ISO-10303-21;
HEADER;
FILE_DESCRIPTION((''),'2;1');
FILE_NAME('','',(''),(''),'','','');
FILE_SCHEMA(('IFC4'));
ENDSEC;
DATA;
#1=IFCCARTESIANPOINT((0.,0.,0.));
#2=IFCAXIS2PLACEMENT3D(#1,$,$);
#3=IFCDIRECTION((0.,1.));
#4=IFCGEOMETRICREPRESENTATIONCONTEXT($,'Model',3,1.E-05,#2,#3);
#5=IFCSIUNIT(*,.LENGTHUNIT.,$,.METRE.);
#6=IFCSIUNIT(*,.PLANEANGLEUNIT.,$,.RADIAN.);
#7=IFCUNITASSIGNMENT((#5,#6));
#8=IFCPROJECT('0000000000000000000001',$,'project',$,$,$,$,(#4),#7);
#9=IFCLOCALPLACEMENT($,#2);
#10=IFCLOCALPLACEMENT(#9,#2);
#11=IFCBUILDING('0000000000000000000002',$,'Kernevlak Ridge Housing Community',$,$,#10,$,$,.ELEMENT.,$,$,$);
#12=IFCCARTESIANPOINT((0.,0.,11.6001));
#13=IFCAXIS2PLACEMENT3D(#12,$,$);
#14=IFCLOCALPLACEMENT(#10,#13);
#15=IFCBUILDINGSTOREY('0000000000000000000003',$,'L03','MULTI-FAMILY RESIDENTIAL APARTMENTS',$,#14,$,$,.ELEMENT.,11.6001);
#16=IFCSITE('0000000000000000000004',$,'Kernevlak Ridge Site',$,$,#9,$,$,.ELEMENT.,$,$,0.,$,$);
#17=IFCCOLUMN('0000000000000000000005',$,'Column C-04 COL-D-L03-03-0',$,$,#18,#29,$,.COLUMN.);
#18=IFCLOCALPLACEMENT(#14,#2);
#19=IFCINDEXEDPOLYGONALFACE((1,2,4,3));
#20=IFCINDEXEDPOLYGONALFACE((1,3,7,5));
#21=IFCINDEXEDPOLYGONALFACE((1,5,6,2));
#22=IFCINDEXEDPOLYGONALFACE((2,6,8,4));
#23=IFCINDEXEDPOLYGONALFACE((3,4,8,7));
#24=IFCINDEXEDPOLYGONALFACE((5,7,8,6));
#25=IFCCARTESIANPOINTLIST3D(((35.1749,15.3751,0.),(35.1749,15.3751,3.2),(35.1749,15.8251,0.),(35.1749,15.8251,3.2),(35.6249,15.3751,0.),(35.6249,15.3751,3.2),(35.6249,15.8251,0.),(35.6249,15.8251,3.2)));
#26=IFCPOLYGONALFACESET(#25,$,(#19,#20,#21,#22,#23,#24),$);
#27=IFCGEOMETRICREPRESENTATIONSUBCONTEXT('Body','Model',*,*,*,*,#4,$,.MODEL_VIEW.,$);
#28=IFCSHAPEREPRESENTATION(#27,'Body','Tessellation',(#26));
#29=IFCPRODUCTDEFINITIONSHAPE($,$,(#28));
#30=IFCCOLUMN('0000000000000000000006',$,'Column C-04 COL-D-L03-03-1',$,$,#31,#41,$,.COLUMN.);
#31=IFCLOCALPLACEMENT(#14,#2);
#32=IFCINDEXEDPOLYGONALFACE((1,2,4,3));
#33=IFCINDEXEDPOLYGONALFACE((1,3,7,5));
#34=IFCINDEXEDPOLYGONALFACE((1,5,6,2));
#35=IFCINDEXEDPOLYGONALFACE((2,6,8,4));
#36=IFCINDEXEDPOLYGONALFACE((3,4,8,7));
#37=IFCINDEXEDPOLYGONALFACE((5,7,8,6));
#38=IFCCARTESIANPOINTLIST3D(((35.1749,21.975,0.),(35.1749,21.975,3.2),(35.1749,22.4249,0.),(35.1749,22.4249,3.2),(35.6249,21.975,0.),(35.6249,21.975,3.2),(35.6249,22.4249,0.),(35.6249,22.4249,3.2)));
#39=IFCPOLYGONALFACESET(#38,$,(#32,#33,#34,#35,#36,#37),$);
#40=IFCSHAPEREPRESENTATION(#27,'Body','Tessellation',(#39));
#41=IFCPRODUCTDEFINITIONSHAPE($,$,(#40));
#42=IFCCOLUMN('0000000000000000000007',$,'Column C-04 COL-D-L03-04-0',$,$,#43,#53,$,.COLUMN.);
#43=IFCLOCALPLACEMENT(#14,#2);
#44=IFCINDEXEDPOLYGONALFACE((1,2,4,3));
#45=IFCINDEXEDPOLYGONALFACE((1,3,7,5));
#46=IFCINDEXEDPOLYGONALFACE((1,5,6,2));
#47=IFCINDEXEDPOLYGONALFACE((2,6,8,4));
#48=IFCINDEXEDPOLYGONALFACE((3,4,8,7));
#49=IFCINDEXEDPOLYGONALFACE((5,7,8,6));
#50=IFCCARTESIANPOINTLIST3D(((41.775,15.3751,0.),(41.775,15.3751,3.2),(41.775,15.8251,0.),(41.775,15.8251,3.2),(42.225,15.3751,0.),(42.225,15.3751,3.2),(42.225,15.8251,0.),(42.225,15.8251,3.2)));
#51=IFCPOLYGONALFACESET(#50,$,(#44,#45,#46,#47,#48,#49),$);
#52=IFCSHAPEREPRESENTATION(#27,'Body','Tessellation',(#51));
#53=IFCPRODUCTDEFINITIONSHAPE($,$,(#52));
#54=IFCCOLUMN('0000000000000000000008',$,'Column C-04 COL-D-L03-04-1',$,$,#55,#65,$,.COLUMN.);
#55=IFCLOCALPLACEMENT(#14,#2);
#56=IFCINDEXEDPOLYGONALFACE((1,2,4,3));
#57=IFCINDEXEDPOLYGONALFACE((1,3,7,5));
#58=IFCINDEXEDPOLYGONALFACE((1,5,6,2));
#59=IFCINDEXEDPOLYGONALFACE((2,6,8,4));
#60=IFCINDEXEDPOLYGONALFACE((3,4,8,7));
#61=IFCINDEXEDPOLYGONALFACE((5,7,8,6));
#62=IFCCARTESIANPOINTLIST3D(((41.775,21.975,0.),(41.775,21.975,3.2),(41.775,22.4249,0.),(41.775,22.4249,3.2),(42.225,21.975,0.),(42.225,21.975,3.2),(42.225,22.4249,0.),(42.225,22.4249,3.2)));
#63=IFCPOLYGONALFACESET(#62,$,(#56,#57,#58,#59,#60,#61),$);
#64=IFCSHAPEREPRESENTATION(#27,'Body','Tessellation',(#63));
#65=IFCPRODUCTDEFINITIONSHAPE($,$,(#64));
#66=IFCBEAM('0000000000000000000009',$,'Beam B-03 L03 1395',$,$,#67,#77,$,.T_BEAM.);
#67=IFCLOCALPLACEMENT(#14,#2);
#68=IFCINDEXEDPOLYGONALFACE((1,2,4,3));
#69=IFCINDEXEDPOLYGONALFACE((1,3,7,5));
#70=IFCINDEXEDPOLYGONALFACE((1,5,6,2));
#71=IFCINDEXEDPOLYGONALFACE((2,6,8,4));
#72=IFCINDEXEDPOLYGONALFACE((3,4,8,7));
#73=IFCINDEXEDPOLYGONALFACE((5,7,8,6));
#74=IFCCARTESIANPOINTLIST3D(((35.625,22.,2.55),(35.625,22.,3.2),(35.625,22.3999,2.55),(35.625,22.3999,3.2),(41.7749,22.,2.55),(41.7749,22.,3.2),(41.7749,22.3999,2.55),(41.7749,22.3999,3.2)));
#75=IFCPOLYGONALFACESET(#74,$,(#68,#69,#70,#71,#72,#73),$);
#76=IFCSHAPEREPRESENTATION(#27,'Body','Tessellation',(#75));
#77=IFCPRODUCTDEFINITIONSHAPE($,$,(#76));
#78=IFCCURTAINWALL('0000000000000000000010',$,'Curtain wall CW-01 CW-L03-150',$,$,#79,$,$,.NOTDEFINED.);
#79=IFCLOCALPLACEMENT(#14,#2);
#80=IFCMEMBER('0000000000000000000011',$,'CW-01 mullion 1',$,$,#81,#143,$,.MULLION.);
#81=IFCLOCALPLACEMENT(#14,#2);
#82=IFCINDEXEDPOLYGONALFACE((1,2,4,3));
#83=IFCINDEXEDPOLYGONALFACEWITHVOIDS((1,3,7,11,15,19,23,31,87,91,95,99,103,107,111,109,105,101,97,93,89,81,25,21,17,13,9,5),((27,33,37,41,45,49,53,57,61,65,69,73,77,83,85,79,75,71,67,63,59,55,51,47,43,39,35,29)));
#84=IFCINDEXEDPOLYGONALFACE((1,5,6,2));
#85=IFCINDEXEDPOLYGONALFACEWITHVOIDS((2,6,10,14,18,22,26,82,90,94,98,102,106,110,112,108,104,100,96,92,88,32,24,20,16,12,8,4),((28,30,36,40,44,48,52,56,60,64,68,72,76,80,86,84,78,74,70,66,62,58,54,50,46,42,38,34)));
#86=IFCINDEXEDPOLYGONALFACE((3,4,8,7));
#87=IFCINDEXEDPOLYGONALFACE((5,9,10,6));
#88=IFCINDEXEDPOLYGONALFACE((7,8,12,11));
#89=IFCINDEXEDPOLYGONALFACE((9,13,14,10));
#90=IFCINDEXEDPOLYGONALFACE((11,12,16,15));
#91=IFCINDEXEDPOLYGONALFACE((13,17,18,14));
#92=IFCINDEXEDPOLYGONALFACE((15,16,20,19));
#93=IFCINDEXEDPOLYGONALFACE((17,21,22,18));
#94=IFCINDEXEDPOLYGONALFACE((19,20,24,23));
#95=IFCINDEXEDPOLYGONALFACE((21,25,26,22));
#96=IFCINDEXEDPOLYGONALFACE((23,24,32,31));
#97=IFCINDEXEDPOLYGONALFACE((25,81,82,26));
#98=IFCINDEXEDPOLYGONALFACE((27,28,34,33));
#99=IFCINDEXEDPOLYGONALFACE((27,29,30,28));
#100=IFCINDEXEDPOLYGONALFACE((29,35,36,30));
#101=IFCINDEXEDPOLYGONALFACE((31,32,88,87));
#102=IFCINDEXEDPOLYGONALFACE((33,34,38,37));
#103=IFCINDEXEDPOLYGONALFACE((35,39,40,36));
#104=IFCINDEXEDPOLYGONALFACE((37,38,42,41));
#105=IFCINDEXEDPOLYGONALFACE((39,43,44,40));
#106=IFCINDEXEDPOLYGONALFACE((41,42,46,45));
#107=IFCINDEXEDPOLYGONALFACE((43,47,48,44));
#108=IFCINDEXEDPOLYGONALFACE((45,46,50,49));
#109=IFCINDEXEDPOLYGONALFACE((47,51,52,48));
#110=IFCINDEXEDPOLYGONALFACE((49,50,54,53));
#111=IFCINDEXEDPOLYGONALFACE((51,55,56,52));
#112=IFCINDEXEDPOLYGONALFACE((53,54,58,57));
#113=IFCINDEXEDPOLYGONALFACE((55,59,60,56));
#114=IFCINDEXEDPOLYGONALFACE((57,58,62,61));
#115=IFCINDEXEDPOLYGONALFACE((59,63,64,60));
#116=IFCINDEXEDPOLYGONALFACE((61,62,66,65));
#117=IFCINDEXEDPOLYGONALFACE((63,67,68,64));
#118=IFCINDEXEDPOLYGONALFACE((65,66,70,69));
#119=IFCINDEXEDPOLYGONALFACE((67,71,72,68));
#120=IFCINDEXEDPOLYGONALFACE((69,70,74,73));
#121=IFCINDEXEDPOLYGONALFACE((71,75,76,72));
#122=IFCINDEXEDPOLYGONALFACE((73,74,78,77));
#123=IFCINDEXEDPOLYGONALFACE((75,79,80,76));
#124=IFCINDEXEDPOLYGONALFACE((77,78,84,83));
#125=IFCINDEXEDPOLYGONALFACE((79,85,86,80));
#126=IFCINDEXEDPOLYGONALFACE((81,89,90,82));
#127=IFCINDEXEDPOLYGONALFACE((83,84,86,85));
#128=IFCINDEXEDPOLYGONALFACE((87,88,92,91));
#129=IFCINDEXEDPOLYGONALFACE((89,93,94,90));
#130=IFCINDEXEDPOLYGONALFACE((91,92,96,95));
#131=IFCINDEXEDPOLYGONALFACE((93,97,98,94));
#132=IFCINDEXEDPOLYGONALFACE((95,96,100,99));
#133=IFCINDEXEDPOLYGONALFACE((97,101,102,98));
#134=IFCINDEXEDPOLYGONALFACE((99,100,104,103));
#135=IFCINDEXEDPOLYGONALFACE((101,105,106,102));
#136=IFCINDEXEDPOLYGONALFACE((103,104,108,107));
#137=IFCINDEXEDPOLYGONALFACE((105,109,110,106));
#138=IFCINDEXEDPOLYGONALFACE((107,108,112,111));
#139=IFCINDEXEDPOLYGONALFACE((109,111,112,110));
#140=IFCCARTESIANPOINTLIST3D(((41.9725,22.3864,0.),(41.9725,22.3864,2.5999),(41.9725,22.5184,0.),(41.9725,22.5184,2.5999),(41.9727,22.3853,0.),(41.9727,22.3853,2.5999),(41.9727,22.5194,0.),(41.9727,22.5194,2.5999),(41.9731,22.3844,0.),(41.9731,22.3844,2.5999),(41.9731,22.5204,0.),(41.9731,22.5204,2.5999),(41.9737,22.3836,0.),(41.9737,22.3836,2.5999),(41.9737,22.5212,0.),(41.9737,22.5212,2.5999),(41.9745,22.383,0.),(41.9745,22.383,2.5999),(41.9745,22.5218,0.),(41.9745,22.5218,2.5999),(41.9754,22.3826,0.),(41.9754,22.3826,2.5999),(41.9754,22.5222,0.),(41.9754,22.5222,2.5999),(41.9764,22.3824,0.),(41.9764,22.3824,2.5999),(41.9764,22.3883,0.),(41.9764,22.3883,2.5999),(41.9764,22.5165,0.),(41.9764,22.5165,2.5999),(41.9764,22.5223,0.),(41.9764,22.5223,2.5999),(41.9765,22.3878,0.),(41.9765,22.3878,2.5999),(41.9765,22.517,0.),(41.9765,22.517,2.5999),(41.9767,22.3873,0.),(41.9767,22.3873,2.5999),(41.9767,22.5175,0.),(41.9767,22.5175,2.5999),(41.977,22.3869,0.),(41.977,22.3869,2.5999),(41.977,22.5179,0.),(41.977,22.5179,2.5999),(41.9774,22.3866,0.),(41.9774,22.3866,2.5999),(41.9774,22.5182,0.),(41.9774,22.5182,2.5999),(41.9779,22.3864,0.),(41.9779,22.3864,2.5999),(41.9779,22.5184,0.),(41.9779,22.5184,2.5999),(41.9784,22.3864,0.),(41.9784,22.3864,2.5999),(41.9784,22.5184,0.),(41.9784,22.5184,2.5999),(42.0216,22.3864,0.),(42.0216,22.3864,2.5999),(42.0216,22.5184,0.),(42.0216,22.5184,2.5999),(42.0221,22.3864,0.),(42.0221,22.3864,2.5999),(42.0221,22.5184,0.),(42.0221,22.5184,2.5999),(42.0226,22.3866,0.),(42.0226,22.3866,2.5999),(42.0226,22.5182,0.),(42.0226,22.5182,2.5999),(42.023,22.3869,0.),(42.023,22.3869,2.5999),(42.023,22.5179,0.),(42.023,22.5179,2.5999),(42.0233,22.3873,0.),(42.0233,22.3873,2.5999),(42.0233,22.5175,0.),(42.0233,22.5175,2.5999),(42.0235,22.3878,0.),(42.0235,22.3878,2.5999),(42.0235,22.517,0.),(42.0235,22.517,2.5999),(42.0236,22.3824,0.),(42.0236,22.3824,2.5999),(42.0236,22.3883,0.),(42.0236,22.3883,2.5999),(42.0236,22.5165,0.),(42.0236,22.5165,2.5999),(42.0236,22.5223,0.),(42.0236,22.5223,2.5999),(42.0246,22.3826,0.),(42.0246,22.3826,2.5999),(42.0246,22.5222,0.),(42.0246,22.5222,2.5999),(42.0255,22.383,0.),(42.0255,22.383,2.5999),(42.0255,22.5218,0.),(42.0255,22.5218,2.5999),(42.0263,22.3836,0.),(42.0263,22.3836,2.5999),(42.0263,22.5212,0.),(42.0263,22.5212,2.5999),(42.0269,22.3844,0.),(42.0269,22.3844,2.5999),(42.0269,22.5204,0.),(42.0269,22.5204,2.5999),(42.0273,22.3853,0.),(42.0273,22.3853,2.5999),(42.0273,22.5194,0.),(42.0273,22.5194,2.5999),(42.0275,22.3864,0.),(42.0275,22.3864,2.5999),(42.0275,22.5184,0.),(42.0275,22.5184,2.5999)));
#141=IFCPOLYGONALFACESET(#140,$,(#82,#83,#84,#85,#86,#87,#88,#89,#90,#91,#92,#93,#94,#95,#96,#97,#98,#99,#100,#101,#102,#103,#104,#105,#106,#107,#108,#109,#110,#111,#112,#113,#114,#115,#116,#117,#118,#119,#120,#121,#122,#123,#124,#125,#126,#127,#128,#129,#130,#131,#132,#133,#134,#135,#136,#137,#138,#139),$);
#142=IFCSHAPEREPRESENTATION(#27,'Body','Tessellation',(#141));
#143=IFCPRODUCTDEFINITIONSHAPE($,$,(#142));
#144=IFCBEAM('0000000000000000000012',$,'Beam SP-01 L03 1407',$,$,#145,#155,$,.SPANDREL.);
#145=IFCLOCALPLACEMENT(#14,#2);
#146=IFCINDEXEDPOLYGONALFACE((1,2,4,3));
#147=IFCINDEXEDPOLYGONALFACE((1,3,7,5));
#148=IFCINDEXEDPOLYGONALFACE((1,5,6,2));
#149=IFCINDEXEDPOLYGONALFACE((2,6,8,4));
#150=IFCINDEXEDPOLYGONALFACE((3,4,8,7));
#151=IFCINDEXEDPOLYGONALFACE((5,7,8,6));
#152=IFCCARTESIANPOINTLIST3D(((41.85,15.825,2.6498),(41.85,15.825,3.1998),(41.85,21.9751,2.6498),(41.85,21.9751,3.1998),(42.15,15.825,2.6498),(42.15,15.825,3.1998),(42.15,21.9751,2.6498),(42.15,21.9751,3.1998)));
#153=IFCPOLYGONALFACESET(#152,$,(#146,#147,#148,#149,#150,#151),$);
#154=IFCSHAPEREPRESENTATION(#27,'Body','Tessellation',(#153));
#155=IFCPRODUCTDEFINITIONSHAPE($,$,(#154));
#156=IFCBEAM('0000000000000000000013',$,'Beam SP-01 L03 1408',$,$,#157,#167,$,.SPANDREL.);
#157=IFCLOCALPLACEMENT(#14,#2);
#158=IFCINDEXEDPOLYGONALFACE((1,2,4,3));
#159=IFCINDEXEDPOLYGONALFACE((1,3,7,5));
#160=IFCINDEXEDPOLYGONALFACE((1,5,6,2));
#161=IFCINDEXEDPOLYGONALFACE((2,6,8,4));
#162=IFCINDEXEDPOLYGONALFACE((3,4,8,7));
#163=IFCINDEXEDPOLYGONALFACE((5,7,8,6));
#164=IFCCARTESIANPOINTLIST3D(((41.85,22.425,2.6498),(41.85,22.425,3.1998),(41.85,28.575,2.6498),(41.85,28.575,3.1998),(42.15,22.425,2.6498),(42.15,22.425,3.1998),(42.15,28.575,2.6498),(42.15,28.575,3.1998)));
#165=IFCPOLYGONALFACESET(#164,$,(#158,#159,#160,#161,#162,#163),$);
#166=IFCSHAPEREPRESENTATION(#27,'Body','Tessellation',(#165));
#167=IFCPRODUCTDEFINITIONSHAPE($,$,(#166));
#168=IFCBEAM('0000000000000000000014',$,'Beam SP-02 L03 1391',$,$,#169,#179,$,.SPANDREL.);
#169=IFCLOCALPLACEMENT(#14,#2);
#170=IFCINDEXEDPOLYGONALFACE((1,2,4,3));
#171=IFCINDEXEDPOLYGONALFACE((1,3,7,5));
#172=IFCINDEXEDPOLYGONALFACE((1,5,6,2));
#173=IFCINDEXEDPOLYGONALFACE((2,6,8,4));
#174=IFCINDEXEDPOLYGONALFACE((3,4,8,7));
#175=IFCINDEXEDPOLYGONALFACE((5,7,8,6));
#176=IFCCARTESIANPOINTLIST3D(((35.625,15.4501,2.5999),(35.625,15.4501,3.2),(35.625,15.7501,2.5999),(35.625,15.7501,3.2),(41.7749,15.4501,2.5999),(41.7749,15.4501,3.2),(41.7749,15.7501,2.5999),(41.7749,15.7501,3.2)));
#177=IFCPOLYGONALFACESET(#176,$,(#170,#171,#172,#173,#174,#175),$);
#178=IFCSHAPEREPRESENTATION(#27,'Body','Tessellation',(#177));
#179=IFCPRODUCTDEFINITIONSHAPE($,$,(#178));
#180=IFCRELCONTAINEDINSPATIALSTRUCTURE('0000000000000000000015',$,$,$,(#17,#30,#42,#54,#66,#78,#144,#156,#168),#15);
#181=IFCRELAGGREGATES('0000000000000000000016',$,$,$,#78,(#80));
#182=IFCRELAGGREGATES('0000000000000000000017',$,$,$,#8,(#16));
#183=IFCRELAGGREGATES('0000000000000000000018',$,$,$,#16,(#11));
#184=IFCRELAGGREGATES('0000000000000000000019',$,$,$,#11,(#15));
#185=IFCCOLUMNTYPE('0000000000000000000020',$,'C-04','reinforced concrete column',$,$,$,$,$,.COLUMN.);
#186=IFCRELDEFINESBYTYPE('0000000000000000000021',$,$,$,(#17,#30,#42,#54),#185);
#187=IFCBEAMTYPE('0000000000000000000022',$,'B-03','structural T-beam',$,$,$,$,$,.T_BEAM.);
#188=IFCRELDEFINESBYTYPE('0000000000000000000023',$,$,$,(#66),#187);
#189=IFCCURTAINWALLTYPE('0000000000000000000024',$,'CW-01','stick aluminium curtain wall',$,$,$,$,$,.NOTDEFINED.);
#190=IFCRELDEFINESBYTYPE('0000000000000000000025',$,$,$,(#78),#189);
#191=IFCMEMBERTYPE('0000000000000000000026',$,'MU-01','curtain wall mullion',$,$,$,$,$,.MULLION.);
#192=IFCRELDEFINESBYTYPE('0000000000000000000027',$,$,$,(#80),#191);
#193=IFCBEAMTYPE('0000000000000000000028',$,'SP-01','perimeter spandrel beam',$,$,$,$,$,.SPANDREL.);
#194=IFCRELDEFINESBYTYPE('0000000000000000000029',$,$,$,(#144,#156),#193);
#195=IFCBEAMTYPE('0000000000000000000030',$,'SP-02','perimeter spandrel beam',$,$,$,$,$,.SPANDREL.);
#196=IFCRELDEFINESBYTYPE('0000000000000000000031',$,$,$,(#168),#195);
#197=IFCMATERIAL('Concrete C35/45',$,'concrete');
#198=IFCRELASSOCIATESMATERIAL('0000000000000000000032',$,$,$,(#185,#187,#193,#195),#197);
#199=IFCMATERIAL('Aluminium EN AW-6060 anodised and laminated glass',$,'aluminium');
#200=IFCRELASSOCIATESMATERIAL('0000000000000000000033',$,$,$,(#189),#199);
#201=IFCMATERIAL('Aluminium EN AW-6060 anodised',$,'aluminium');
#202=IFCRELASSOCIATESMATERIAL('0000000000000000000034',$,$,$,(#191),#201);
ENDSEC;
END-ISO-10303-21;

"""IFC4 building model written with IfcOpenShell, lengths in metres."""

from ifc_helpers import new_model, si_unit, direction, frame, origin, origin_2d, place, context, subcontext, project, spatial, rectangle, hollow_rectangle, extrude, material, material_profile, profile_set, type_object, element, aggregate, save


model = new_model("IFC4")

# Units and contexts
model_context = context("Model", 3, precision=1e-05, world=origin(), true_north=direction((0.0, 1.0)))
body_context = subcontext(model_context, "Body", "Model", "MODEL_VIEW")
ifc_project = project(units=[si_unit("LENGTHUNIT", "METRE"), si_unit("PLANEANGLEUNIT", "RADIAN")], contexts=[model_context])

# Site, building, storey
site_placement = place(None, origin())
site = spatial("IfcSite", under=ifc_project, at=site_placement, Name="Kernevlak Ridge Site", CompositionType="ELEMENT", RefElevation=0.0)
building_placement = place(site_placement, origin())
building = spatial("IfcBuilding", under=site, at=building_placement, Name="Kernevlak Ridge Housing Community", CompositionType="ELEMENT")
storey_placement = place(building_placement, frame((0.0, 0.0, 11.6001)))
storey = spatial("IfcBuildingStorey", under=building, at=storey_placement, Name="L03", Description="MULTI-FAMILY RESIDENTIAL APARTMENTS", CompositionType="ELEMENT", Elevation=11.6001)

# Columns
ifc_material_1 = material(Name="Concrete C35/45", Category="concrete")
ifc_material_profile_1 = material_profile(ifc_material_1, rectangle(XDim=0.45, YDim=0.45, at=origin_2d()), Name="RC 450x450")
ifc_profile_set_1 = profile_set([ifc_material_profile_1], Name="Concrete C35/45")
column_type = type_object("IfcColumnType", Name="C-04", Description="reinforced concrete column", PredefinedType="COLUMN", material=ifc_profile_set_1)
for number, where, z_axis, x_axis, name in (
    (1, (35.3999, 15.6001, 0.0), (0.0, 0.0, 1.0), (1.0, 0.0, 0.0), "Column C-04 COL-D-L03-03-0"),
    (2, (35.3999, 22.2, 0.0), (0.0, 0.0, 1.0), (1.0, 0.0, 0.0), "Column C-04 COL-D-L03-03-1"),
    (3, (42.0, 15.6001, 0.0), (0.0, 0.0, 1.0), (1.0, 0.0, 0.0), "Column C-04 COL-D-L03-04-0"),
    (4, (42.0, 22.2, 0.0), (0.0, 0.0, 1.0), (1.0, 0.0, 0.0), "Column C-04 COL-D-L03-04-1"),
):
    element("IfcColumn", number, at=place(storey_placement, frame(where, z_axis=z_axis, x_axis=x_axis)), inside=storey, type_object=column_type, Name=name, PredefinedType="COLUMN", context=body_context, shape_type="SweptSolid", body=[
        extrude(rectangle(XDim=0.45, YDim=0.45, at=origin_2d()), origin(), (0.0, 0.0, 1.0), 3.2),
    ])

# Beam
ifc_material_profile_2 = material_profile(ifc_material_1, rectangle(XDim=0.3999, YDim=0.6499, at=origin_2d()), Name="RC 400x650")
ifc_profile_set_2 = profile_set([ifc_material_profile_2], Name="Concrete C35/45")
beam_type_1 = type_object("IfcBeamType", Name="B-03", Description="structural T-beam", PredefinedType="T_BEAM", material=ifc_profile_set_2)
beam_1_placement = place(storey_placement, frame((35.625, 22.2, 2.875), z_axis=(1.0, 0.0, 0.0), x_axis=(0.0, 1.0, 0.0)))
element("IfcBeam", 5, at=beam_1_placement, inside=storey, type_object=beam_type_1, Name="Beam B-03 L03 1395", PredefinedType="T_BEAM", context=body_context, shape_type="SweptSolid", body=[
    extrude(rectangle(XDim=0.3999, YDim=0.6499, at=origin_2d()), origin(), (0.0, 0.0, 1.0), 6.1499),
])

# Curtain wall, member
ifc_material_2 = material(Name="Aluminium EN AW-6060 anodised and laminated glass", Category="aluminium")
curtain_wall_type = type_object("IfcCurtainWallType", Name="CW-01", Description="stick aluminium curtain wall", PredefinedType="NOTDEFINED", material=ifc_material_2)
curtain_wall_placement = place(storey_placement, origin())
curtain_wall = element("IfcCurtainWall", 6, at=curtain_wall_placement, inside=storey, type_object=curtain_wall_type, Name="Curtain wall CW-01 CW-L03-150", PredefinedType="NOTDEFINED")
ifc_material_3 = material(Name="Aluminium EN AW-6060 anodised", Category="aluminium")
ifc_material_profile_3 = material_profile(ifc_material_3, hollow_rectangle(XDim=0.0549, YDim=0.1399, WallThickness=0.0039, InnerFilletRadius=0.002, OuterFilletRadius=0.0039, at=origin_2d()), Name="ALU 55x140x4")
ifc_profile_set_3 = profile_set([ifc_material_profile_3], Name="Aluminium EN AW-6060 anodised")
member_type_1 = type_object("IfcMemberType", Name="MU-01", Description="curtain wall mullion", PredefinedType="MULLION", material=ifc_profile_set_3)
member_1_placement = place(storey_placement, frame((42.0, 22.4524, 0.0), z_axis=(0.0, 0.0, 1.0), x_axis=(-1.0, 0.0, 0.0)))
member_1 = element("IfcMember", 7, at=member_1_placement, type_object=member_type_1, Name="CW-01 mullion 1", PredefinedType="MULLION", context=body_context, shape_type="SweptSolid", body=[
    extrude(hollow_rectangle(XDim=0.0549, YDim=0.1399, WallThickness=0.0039, InnerFilletRadius=0.002, OuterFilletRadius=0.0039, at=origin_2d()), origin(), (0.0, 0.0, 1.0), 2.5999),
])

# Beams
ifc_material_profile_4 = material_profile(ifc_material_1, rectangle(XDim=0.3, YDim=0.55, at=origin_2d()), Name="RC 300x550")
ifc_profile_set_4 = profile_set([ifc_material_profile_4], Name="Concrete C35/45")
beam_type_2 = type_object("IfcBeamType", Name="SP-01", Description="perimeter spandrel beam", PredefinedType="SPANDREL", material=ifc_profile_set_4)
beam_2_placement = place(storey_placement, frame((42.0, 15.825, 2.9248), z_axis=(0.0, 1.0, 0.0), x_axis=(-1.0, 0.0, 0.0)))
element("IfcBeam", 8, at=beam_2_placement, inside=storey, type_object=beam_type_2, Name="Beam SP-01 L03 1407", PredefinedType="SPANDREL", context=body_context, shape_type="SweptSolid", body=[
    extrude(rectangle(XDim=0.3, YDim=0.55, at=origin_2d()), origin(), (0.0, 0.0, 1.0), 6.1501),
])
beam_3_placement = place(storey_placement, frame((42.0, 22.425, 2.9248), z_axis=(0.0, 1.0, 0.0), x_axis=(-1.0, 0.0, 0.0)))
element("IfcBeam", 9, at=beam_3_placement, inside=storey, type_object=beam_type_2, Name="Beam SP-01 L03 1408", PredefinedType="SPANDREL", context=body_context, shape_type="SweptSolid", body=[
    extrude(rectangle(XDim=0.3, YDim=0.55, at=origin_2d()), origin(), (0.0, 0.0, 1.0), 6.1499),
])
ifc_material_profile_5 = material_profile(ifc_material_1, rectangle(XDim=0.3, YDim=0.6001, at=origin_2d()), Name="RC 300x600")
ifc_profile_set_5 = profile_set([ifc_material_profile_5], Name="Concrete C35/45")
beam_type_3 = type_object("IfcBeamType", Name="SP-02", Description="perimeter spandrel beam", PredefinedType="SPANDREL", material=ifc_profile_set_5)
beam_4_placement = place(storey_placement, frame((35.625, 15.6001, 2.8999), z_axis=(1.0, 0.0, 0.0), x_axis=(0.0, 1.0, 0.0)))
element("IfcBeam", 10, at=beam_4_placement, inside=storey, type_object=beam_type_3, Name="Beam SP-02 L03 1391", PredefinedType="SPANDREL", context=body_context, shape_type="SweptSolid", body=[
    extrude(rectangle(XDim=0.3, YDim=0.6001, at=origin_2d()), origin(), (0.0, 0.0, 1.0), 6.1499),
])

aggregate(curtain_wall, [member_1])

save(model, "model.ifc")
